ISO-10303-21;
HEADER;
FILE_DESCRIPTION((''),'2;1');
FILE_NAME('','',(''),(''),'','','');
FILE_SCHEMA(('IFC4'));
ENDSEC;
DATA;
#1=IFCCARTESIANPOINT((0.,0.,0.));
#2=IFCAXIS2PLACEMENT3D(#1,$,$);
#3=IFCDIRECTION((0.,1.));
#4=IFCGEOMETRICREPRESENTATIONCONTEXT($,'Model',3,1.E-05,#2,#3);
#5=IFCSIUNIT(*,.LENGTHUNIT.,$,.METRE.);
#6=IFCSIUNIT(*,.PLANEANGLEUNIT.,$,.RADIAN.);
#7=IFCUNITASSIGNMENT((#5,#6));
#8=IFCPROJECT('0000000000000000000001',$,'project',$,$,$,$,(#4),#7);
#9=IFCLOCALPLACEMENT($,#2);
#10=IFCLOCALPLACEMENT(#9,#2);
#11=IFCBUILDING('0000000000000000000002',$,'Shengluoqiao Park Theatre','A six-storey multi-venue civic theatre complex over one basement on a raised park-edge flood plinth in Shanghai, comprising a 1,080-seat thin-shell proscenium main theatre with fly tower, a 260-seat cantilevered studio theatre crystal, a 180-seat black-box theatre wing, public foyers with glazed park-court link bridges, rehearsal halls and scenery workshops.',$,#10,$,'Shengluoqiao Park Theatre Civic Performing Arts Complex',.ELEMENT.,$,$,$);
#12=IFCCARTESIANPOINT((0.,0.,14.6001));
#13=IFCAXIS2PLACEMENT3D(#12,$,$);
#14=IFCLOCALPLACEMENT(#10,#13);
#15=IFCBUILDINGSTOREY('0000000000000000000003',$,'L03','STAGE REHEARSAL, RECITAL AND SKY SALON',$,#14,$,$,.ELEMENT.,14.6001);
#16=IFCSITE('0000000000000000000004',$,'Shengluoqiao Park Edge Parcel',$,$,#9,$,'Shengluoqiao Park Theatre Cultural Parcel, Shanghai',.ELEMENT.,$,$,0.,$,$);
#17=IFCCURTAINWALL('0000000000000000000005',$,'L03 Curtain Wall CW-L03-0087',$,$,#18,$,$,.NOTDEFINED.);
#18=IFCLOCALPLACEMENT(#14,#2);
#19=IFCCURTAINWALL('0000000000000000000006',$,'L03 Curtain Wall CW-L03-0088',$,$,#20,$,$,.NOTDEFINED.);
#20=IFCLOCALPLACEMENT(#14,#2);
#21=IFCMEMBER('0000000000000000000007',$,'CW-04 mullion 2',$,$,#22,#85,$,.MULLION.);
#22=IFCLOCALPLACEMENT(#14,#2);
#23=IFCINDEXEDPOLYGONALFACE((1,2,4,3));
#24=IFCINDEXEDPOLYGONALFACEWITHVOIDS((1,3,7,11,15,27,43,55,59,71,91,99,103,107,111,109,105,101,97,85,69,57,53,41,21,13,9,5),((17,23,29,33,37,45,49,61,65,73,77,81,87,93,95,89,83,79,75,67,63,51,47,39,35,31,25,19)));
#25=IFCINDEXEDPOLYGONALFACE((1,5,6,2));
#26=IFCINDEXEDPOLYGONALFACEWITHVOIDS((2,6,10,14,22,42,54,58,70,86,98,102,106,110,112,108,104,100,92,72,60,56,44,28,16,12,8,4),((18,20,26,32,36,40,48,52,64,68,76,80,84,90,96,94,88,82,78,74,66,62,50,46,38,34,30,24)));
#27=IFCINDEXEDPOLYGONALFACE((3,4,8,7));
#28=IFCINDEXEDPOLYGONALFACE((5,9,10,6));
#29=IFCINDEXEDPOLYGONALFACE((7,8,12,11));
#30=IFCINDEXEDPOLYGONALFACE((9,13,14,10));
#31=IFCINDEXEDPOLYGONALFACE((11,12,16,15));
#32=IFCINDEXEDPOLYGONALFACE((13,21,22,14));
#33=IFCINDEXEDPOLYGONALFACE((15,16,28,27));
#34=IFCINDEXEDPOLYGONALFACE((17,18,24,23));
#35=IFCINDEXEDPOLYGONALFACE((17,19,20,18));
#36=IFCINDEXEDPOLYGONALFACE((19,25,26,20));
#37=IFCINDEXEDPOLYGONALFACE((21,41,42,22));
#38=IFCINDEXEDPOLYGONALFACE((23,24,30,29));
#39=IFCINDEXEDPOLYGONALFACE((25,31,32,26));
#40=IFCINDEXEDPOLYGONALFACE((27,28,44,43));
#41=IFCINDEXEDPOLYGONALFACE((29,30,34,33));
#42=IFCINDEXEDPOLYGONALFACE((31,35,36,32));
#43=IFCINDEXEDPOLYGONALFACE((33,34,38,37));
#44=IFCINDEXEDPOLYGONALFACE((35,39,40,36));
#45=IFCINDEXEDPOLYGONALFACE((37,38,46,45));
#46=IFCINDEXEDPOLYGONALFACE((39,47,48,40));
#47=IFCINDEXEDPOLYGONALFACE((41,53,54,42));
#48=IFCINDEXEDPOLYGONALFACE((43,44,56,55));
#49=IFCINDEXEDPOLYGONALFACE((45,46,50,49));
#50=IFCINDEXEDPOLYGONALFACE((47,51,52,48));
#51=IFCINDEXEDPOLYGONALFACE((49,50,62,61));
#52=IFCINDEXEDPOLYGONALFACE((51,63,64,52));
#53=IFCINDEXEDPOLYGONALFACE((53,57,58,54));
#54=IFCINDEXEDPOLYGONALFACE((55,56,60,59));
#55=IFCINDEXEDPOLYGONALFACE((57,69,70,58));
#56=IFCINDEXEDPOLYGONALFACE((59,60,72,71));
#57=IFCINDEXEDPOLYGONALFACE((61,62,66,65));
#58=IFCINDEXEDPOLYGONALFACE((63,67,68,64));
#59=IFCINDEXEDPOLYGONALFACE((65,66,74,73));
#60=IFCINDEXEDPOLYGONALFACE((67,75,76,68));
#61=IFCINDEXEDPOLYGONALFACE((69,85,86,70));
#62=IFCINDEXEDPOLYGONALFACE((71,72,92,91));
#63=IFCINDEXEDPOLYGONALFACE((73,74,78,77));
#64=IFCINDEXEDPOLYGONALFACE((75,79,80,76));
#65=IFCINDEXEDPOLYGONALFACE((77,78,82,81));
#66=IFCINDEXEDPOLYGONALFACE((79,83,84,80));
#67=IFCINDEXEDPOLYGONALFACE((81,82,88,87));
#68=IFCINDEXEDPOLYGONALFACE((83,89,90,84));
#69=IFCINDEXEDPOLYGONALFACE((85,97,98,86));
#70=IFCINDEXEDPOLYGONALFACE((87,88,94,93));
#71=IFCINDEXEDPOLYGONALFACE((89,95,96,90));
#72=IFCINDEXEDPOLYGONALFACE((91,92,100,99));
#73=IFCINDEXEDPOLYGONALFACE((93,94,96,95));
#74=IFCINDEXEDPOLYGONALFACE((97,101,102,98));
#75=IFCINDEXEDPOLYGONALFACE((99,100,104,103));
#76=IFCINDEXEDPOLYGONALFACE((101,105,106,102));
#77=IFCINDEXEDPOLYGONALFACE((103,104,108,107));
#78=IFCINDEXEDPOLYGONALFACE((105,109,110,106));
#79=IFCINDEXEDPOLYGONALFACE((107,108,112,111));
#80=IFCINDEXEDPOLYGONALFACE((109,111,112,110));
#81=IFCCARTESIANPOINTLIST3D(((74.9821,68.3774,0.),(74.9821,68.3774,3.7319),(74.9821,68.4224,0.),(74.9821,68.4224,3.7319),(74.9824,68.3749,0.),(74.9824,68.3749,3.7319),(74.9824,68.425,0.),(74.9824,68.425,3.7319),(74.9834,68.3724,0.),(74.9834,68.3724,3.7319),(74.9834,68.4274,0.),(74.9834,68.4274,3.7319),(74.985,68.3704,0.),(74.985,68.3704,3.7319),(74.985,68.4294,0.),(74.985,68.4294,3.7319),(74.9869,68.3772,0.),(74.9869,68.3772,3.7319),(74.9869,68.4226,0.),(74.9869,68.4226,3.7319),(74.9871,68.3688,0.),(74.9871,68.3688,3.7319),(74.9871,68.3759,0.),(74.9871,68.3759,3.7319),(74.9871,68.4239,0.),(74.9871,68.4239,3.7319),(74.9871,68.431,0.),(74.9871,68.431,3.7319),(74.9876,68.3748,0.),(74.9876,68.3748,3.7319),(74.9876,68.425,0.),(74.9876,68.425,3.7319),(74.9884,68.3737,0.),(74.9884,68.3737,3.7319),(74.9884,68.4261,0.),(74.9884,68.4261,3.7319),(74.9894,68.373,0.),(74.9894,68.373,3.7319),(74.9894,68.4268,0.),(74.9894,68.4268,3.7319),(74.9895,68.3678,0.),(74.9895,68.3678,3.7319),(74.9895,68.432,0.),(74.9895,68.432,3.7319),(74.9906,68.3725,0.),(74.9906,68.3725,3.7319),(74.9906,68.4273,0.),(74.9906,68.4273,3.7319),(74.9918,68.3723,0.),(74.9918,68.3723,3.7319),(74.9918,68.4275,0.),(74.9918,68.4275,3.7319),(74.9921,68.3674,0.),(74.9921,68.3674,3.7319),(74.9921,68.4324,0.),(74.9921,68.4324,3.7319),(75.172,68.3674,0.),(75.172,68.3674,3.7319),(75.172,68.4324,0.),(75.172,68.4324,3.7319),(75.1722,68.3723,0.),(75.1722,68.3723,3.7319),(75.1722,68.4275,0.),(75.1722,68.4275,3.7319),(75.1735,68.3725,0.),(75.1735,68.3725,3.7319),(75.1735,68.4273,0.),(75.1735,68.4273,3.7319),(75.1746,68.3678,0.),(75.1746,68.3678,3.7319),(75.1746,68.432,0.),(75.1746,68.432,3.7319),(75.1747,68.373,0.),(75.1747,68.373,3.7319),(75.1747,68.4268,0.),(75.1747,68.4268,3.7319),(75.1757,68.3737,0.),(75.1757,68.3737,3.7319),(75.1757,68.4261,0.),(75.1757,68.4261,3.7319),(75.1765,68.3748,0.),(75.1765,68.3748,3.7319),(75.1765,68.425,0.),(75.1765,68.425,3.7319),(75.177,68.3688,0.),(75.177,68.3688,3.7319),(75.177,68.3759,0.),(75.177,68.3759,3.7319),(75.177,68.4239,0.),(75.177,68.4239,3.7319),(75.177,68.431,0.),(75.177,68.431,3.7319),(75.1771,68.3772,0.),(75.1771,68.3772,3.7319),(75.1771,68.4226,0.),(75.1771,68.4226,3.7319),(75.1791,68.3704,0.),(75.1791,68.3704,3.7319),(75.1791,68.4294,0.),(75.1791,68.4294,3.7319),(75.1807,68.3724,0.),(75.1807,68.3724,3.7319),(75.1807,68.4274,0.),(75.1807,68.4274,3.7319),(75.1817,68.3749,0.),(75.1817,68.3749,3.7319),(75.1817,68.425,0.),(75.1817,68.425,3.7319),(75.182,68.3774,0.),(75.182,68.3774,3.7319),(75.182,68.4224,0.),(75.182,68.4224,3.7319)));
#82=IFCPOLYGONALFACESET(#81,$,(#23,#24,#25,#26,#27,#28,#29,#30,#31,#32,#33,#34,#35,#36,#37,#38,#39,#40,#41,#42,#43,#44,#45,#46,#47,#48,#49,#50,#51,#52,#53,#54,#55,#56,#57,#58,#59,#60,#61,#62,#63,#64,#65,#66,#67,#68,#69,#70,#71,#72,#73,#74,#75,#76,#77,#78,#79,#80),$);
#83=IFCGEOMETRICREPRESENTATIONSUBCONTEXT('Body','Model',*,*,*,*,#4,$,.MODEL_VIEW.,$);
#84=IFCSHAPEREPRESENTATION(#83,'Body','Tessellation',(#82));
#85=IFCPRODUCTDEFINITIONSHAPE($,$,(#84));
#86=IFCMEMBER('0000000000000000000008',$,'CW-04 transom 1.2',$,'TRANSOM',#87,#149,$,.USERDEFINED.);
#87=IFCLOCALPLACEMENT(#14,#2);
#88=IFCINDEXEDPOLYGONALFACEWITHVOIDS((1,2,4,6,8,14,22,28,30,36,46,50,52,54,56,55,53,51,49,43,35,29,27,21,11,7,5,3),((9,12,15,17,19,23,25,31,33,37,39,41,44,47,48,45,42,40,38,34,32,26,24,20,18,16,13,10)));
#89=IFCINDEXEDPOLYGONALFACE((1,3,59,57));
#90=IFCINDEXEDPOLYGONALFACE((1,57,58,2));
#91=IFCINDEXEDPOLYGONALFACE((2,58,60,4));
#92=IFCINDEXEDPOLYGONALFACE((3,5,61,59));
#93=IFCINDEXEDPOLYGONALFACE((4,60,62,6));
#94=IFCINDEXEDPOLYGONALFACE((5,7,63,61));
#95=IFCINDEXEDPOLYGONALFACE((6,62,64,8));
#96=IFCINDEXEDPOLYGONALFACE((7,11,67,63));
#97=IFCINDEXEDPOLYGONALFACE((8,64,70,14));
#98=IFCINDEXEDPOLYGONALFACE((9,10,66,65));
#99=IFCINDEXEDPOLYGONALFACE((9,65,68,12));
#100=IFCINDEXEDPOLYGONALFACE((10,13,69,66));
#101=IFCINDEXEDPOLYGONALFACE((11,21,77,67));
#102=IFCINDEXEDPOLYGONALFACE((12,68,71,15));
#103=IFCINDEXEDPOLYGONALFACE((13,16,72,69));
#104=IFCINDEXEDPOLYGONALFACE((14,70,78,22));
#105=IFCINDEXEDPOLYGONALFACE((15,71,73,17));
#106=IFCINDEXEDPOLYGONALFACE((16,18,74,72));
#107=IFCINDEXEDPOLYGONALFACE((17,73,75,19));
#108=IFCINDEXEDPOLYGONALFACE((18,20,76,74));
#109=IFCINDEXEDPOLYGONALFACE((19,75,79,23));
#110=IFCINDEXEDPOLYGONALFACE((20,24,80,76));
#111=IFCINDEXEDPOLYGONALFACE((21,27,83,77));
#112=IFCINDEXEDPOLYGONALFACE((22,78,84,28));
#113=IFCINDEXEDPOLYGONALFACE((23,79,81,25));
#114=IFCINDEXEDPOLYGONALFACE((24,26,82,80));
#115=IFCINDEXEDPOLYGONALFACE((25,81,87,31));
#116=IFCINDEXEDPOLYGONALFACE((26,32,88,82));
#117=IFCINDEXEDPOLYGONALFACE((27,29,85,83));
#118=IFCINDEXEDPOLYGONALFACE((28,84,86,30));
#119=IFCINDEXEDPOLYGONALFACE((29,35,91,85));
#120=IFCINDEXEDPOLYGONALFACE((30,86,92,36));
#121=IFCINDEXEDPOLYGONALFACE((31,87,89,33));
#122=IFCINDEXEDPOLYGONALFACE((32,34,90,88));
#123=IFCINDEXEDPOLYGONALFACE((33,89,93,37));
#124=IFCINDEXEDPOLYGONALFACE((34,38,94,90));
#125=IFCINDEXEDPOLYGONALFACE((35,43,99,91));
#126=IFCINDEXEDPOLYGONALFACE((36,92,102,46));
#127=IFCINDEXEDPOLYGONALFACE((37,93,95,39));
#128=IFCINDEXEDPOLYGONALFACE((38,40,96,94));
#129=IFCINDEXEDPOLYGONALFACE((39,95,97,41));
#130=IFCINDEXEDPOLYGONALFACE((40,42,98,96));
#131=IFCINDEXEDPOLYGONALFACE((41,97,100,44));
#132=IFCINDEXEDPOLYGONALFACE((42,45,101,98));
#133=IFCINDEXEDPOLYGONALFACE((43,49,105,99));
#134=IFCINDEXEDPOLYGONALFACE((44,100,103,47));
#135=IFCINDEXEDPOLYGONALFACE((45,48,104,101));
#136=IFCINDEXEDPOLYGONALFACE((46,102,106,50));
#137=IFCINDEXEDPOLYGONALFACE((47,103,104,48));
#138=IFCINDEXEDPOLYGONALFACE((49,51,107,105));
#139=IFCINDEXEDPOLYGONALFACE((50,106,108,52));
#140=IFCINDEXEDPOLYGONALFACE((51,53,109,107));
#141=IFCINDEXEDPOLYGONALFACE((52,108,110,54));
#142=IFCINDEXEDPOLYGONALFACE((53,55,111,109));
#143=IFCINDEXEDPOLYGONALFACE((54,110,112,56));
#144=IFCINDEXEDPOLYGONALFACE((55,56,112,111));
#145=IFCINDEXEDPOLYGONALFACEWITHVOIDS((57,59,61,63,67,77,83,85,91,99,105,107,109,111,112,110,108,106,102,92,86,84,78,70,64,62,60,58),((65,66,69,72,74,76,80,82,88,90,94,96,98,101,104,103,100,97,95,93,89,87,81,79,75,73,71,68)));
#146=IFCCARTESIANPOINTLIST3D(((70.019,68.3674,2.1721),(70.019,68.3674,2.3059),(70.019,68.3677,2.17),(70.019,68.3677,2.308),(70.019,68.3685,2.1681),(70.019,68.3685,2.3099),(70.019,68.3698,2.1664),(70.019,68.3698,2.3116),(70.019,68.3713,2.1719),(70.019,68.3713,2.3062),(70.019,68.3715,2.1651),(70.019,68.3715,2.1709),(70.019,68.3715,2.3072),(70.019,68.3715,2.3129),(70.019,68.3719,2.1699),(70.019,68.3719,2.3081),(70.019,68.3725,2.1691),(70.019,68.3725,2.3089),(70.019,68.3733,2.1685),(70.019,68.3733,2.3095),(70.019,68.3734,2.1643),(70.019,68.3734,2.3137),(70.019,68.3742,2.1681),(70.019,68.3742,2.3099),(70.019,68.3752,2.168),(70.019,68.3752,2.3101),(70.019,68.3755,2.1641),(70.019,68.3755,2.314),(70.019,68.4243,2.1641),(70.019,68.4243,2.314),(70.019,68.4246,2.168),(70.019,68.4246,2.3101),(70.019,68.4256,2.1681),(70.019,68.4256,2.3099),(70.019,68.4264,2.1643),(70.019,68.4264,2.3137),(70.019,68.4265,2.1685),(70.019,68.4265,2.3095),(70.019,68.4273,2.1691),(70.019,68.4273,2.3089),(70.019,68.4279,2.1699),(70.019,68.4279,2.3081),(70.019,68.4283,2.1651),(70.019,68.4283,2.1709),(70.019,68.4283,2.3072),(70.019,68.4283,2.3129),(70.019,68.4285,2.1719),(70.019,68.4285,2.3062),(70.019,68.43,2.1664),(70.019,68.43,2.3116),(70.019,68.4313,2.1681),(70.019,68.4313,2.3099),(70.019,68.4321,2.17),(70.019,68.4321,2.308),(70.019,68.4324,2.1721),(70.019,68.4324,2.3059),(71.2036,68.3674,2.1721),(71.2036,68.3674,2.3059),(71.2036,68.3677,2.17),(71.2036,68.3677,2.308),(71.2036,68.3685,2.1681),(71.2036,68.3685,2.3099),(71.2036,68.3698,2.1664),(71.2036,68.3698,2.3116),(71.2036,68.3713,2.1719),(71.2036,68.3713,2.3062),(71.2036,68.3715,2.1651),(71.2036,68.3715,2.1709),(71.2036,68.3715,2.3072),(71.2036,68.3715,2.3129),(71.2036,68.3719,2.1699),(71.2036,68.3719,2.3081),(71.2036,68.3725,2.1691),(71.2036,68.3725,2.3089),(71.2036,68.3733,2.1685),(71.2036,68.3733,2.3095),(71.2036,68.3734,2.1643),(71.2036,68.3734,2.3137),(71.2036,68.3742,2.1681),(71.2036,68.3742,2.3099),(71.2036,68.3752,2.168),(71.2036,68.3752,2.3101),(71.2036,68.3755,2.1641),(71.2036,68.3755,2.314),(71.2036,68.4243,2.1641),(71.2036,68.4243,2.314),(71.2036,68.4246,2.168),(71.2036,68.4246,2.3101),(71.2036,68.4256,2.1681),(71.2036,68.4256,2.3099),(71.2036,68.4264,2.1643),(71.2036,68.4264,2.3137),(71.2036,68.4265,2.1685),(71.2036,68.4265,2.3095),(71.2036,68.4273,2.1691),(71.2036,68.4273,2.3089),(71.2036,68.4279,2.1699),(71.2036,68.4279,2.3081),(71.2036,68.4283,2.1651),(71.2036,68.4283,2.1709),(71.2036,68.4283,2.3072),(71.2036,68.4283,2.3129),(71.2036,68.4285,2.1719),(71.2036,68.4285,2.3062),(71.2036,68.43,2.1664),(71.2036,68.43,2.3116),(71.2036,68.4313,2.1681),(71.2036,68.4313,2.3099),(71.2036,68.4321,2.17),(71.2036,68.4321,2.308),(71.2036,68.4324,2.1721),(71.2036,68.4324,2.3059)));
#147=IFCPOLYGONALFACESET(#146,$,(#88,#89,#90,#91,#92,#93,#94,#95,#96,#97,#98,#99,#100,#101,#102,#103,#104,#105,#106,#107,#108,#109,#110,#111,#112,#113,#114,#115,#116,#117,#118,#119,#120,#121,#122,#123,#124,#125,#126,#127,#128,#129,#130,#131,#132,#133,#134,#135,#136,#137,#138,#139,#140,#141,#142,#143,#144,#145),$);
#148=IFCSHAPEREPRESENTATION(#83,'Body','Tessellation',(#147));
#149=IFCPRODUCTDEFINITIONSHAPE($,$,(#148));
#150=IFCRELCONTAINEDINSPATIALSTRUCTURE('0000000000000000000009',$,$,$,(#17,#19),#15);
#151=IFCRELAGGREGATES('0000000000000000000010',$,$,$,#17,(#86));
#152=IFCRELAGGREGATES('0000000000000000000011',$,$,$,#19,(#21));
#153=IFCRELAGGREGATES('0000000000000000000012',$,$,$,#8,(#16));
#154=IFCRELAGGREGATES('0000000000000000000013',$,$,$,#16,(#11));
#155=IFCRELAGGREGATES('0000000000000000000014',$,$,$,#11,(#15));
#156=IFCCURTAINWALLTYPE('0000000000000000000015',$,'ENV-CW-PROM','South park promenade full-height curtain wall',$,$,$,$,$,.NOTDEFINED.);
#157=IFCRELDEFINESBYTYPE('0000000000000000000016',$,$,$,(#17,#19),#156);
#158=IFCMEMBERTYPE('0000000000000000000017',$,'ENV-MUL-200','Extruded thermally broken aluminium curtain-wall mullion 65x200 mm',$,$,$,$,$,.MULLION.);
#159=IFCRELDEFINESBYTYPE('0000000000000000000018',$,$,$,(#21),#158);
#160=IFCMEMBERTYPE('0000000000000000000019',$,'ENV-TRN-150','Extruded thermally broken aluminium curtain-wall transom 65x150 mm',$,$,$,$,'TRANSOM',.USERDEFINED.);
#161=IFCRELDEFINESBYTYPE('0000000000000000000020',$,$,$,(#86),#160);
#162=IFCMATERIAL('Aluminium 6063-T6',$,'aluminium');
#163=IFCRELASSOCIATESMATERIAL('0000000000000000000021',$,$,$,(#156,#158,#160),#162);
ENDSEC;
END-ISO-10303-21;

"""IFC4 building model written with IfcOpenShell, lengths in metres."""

from ifc_helpers import new_model, si_unit, direction, frame, origin, origin_2d, place, context, subcontext, project, spatial, hollow_rectangle, extrude, material, material_profile, profile_set, type_object, element, aggregate, save


model = new_model("IFC4")

# Units and contexts
model_context = context("Model", 3, precision=1e-05, world=origin(), true_north=direction((0.0, 1.0)))
body_context = subcontext(model_context, "Body", "Model", "MODEL_VIEW")
ifc_project = project(units=[si_unit("LENGTHUNIT", "METRE"), si_unit("PLANEANGLEUNIT", "RADIAN")], contexts=[model_context])

# Site, building, storey
site_placement = place(None, origin())
site = spatial("IfcSite", under=ifc_project, at=site_placement, Name="Shengluoqiao Park Edge Parcel", LongName="Shengluoqiao Park Theatre Cultural Parcel, Shanghai", CompositionType="ELEMENT", RefElevation=0.0)
building_placement = place(site_placement, origin())
building = spatial("IfcBuilding", under=site, at=building_placement, Name="Shengluoqiao Park Theatre", Description="A six-storey multi-venue civic theatre complex over one basement on a raised park-edge flood plinth in Shanghai, comprising a 1,080-seat thin-shell proscenium main theatre with fly tower, a 260-seat cantilevered studio theatre crystal, a 180-seat black-box theatre wing, public foyers with glazed park-court link bridges, rehearsal halls and scenery workshops.", LongName="Shengluoqiao Park Theatre Civic Performing Arts Complex", CompositionType="ELEMENT")
storey_placement = place(building_placement, frame((0.0, 0.0, 14.6001)))
storey = spatial("IfcBuildingStorey", under=building, at=storey_placement, Name="L03", Description="STAGE REHEARSAL, RECITAL AND SKY SALON", CompositionType="ELEMENT", Elevation=14.6001)

# Curtain walls, member
ifc_material_1 = material(Name="Aluminium 6063-T6", Category="aluminium")
curtain_wall_type = type_object("IfcCurtainWallType", Name="ENV-CW-PROM", Description="South park promenade full-height curtain wall", PredefinedType="NOTDEFINED", material=ifc_material_1)
curtain_wall_1_placement = place(storey_placement, origin())
curtain_wall_1 = element("IfcCurtainWall", 1, at=curtain_wall_1_placement, inside=storey, type_object=curtain_wall_type, Name="L03 Curtain Wall CW-L03-0087", PredefinedType="NOTDEFINED")
ifc_material_profile_1 = material_profile(ifc_material_1, hollow_rectangle(XDim=0.0649, YDim=0.2, WallThickness=0.0049, InnerFilletRadius=0.0049, OuterFilletRadius=0.01, at=origin_2d()), Name="ALU MULLION 200x65x5")
ifc_profile_set_1 = profile_set([ifc_material_profile_1], Name="Aluminium 6063-T6")
member_type_1 = type_object("IfcMemberType", Name="ENV-MUL-200", Description="Extruded thermally broken aluminium curtain-wall mullion 65x200 mm", PredefinedType="MULLION", material=ifc_profile_set_1)
curtain_wall_2_placement = place(storey_placement, origin())
curtain_wall_2 = element("IfcCurtainWall", 2, at=curtain_wall_2_placement, inside=storey, type_object=curtain_wall_type, Name="L03 Curtain Wall CW-L03-0088", PredefinedType="NOTDEFINED")
member_1_placement = place(storey_placement, frame((75.082, 68.3999, 0.0), z_axis=(0.0, 0.0, 1.0), x_axis=(0.0, 1.0, 0.0)))
member_1 = element("IfcMember", 3, at=member_1_placement, type_object=member_type_1, Name="CW-04 mullion 2", PredefinedType="MULLION", context=body_context, shape_type="SweptSolid", body=[
    extrude(hollow_rectangle(XDim=0.0649, YDim=0.2, WallThickness=0.0049, InnerFilletRadius=0.0049, OuterFilletRadius=0.01, at=origin_2d()), origin(), (0.0, 0.0, 1.0), 3.7319),
])

# Member
ifc_material_profile_2 = material_profile(ifc_material_1, hollow_rectangle(XDim=0.0649, YDim=0.1499, WallThickness=0.0039, InnerFilletRadius=0.0039, OuterFilletRadius=0.0081, at=origin_2d()), Name="ALU TRANSOM 150x65x4")
ifc_profile_set_2 = profile_set([ifc_material_profile_2], Name="Aluminium 6063-T6")
member_type_2 = type_object("IfcMemberType", Name="ENV-TRN-150", Description="Extruded thermally broken aluminium curtain-wall transom 65x150 mm", ElementType="TRANSOM", PredefinedType="USERDEFINED", material=ifc_profile_set_2)
member_2_placement = place(storey_placement, frame((70.019, 68.3999, 2.239), z_axis=(1.0, 0.0, 0.0), x_axis=(0.0, 1.0, 0.0)))
member_2 = element("IfcMember", 4, at=member_2_placement, type_object=member_type_2, Name="CW-04 transom 1.2", ObjectType="TRANSOM", PredefinedType="USERDEFINED", context=body_context, shape_type="SweptSolid", body=[
    extrude(hollow_rectangle(XDim=0.0649, YDim=0.1499, WallThickness=0.0039, InnerFilletRadius=0.0039, OuterFilletRadius=0.0081, at=origin_2d()), origin(), (0.0, 0.0, 1.0), 1.1846),
])

aggregate(curtain_wall_1, [member_2])
aggregate(curtain_wall_2, [member_1])

save(model, "model.ifc")
